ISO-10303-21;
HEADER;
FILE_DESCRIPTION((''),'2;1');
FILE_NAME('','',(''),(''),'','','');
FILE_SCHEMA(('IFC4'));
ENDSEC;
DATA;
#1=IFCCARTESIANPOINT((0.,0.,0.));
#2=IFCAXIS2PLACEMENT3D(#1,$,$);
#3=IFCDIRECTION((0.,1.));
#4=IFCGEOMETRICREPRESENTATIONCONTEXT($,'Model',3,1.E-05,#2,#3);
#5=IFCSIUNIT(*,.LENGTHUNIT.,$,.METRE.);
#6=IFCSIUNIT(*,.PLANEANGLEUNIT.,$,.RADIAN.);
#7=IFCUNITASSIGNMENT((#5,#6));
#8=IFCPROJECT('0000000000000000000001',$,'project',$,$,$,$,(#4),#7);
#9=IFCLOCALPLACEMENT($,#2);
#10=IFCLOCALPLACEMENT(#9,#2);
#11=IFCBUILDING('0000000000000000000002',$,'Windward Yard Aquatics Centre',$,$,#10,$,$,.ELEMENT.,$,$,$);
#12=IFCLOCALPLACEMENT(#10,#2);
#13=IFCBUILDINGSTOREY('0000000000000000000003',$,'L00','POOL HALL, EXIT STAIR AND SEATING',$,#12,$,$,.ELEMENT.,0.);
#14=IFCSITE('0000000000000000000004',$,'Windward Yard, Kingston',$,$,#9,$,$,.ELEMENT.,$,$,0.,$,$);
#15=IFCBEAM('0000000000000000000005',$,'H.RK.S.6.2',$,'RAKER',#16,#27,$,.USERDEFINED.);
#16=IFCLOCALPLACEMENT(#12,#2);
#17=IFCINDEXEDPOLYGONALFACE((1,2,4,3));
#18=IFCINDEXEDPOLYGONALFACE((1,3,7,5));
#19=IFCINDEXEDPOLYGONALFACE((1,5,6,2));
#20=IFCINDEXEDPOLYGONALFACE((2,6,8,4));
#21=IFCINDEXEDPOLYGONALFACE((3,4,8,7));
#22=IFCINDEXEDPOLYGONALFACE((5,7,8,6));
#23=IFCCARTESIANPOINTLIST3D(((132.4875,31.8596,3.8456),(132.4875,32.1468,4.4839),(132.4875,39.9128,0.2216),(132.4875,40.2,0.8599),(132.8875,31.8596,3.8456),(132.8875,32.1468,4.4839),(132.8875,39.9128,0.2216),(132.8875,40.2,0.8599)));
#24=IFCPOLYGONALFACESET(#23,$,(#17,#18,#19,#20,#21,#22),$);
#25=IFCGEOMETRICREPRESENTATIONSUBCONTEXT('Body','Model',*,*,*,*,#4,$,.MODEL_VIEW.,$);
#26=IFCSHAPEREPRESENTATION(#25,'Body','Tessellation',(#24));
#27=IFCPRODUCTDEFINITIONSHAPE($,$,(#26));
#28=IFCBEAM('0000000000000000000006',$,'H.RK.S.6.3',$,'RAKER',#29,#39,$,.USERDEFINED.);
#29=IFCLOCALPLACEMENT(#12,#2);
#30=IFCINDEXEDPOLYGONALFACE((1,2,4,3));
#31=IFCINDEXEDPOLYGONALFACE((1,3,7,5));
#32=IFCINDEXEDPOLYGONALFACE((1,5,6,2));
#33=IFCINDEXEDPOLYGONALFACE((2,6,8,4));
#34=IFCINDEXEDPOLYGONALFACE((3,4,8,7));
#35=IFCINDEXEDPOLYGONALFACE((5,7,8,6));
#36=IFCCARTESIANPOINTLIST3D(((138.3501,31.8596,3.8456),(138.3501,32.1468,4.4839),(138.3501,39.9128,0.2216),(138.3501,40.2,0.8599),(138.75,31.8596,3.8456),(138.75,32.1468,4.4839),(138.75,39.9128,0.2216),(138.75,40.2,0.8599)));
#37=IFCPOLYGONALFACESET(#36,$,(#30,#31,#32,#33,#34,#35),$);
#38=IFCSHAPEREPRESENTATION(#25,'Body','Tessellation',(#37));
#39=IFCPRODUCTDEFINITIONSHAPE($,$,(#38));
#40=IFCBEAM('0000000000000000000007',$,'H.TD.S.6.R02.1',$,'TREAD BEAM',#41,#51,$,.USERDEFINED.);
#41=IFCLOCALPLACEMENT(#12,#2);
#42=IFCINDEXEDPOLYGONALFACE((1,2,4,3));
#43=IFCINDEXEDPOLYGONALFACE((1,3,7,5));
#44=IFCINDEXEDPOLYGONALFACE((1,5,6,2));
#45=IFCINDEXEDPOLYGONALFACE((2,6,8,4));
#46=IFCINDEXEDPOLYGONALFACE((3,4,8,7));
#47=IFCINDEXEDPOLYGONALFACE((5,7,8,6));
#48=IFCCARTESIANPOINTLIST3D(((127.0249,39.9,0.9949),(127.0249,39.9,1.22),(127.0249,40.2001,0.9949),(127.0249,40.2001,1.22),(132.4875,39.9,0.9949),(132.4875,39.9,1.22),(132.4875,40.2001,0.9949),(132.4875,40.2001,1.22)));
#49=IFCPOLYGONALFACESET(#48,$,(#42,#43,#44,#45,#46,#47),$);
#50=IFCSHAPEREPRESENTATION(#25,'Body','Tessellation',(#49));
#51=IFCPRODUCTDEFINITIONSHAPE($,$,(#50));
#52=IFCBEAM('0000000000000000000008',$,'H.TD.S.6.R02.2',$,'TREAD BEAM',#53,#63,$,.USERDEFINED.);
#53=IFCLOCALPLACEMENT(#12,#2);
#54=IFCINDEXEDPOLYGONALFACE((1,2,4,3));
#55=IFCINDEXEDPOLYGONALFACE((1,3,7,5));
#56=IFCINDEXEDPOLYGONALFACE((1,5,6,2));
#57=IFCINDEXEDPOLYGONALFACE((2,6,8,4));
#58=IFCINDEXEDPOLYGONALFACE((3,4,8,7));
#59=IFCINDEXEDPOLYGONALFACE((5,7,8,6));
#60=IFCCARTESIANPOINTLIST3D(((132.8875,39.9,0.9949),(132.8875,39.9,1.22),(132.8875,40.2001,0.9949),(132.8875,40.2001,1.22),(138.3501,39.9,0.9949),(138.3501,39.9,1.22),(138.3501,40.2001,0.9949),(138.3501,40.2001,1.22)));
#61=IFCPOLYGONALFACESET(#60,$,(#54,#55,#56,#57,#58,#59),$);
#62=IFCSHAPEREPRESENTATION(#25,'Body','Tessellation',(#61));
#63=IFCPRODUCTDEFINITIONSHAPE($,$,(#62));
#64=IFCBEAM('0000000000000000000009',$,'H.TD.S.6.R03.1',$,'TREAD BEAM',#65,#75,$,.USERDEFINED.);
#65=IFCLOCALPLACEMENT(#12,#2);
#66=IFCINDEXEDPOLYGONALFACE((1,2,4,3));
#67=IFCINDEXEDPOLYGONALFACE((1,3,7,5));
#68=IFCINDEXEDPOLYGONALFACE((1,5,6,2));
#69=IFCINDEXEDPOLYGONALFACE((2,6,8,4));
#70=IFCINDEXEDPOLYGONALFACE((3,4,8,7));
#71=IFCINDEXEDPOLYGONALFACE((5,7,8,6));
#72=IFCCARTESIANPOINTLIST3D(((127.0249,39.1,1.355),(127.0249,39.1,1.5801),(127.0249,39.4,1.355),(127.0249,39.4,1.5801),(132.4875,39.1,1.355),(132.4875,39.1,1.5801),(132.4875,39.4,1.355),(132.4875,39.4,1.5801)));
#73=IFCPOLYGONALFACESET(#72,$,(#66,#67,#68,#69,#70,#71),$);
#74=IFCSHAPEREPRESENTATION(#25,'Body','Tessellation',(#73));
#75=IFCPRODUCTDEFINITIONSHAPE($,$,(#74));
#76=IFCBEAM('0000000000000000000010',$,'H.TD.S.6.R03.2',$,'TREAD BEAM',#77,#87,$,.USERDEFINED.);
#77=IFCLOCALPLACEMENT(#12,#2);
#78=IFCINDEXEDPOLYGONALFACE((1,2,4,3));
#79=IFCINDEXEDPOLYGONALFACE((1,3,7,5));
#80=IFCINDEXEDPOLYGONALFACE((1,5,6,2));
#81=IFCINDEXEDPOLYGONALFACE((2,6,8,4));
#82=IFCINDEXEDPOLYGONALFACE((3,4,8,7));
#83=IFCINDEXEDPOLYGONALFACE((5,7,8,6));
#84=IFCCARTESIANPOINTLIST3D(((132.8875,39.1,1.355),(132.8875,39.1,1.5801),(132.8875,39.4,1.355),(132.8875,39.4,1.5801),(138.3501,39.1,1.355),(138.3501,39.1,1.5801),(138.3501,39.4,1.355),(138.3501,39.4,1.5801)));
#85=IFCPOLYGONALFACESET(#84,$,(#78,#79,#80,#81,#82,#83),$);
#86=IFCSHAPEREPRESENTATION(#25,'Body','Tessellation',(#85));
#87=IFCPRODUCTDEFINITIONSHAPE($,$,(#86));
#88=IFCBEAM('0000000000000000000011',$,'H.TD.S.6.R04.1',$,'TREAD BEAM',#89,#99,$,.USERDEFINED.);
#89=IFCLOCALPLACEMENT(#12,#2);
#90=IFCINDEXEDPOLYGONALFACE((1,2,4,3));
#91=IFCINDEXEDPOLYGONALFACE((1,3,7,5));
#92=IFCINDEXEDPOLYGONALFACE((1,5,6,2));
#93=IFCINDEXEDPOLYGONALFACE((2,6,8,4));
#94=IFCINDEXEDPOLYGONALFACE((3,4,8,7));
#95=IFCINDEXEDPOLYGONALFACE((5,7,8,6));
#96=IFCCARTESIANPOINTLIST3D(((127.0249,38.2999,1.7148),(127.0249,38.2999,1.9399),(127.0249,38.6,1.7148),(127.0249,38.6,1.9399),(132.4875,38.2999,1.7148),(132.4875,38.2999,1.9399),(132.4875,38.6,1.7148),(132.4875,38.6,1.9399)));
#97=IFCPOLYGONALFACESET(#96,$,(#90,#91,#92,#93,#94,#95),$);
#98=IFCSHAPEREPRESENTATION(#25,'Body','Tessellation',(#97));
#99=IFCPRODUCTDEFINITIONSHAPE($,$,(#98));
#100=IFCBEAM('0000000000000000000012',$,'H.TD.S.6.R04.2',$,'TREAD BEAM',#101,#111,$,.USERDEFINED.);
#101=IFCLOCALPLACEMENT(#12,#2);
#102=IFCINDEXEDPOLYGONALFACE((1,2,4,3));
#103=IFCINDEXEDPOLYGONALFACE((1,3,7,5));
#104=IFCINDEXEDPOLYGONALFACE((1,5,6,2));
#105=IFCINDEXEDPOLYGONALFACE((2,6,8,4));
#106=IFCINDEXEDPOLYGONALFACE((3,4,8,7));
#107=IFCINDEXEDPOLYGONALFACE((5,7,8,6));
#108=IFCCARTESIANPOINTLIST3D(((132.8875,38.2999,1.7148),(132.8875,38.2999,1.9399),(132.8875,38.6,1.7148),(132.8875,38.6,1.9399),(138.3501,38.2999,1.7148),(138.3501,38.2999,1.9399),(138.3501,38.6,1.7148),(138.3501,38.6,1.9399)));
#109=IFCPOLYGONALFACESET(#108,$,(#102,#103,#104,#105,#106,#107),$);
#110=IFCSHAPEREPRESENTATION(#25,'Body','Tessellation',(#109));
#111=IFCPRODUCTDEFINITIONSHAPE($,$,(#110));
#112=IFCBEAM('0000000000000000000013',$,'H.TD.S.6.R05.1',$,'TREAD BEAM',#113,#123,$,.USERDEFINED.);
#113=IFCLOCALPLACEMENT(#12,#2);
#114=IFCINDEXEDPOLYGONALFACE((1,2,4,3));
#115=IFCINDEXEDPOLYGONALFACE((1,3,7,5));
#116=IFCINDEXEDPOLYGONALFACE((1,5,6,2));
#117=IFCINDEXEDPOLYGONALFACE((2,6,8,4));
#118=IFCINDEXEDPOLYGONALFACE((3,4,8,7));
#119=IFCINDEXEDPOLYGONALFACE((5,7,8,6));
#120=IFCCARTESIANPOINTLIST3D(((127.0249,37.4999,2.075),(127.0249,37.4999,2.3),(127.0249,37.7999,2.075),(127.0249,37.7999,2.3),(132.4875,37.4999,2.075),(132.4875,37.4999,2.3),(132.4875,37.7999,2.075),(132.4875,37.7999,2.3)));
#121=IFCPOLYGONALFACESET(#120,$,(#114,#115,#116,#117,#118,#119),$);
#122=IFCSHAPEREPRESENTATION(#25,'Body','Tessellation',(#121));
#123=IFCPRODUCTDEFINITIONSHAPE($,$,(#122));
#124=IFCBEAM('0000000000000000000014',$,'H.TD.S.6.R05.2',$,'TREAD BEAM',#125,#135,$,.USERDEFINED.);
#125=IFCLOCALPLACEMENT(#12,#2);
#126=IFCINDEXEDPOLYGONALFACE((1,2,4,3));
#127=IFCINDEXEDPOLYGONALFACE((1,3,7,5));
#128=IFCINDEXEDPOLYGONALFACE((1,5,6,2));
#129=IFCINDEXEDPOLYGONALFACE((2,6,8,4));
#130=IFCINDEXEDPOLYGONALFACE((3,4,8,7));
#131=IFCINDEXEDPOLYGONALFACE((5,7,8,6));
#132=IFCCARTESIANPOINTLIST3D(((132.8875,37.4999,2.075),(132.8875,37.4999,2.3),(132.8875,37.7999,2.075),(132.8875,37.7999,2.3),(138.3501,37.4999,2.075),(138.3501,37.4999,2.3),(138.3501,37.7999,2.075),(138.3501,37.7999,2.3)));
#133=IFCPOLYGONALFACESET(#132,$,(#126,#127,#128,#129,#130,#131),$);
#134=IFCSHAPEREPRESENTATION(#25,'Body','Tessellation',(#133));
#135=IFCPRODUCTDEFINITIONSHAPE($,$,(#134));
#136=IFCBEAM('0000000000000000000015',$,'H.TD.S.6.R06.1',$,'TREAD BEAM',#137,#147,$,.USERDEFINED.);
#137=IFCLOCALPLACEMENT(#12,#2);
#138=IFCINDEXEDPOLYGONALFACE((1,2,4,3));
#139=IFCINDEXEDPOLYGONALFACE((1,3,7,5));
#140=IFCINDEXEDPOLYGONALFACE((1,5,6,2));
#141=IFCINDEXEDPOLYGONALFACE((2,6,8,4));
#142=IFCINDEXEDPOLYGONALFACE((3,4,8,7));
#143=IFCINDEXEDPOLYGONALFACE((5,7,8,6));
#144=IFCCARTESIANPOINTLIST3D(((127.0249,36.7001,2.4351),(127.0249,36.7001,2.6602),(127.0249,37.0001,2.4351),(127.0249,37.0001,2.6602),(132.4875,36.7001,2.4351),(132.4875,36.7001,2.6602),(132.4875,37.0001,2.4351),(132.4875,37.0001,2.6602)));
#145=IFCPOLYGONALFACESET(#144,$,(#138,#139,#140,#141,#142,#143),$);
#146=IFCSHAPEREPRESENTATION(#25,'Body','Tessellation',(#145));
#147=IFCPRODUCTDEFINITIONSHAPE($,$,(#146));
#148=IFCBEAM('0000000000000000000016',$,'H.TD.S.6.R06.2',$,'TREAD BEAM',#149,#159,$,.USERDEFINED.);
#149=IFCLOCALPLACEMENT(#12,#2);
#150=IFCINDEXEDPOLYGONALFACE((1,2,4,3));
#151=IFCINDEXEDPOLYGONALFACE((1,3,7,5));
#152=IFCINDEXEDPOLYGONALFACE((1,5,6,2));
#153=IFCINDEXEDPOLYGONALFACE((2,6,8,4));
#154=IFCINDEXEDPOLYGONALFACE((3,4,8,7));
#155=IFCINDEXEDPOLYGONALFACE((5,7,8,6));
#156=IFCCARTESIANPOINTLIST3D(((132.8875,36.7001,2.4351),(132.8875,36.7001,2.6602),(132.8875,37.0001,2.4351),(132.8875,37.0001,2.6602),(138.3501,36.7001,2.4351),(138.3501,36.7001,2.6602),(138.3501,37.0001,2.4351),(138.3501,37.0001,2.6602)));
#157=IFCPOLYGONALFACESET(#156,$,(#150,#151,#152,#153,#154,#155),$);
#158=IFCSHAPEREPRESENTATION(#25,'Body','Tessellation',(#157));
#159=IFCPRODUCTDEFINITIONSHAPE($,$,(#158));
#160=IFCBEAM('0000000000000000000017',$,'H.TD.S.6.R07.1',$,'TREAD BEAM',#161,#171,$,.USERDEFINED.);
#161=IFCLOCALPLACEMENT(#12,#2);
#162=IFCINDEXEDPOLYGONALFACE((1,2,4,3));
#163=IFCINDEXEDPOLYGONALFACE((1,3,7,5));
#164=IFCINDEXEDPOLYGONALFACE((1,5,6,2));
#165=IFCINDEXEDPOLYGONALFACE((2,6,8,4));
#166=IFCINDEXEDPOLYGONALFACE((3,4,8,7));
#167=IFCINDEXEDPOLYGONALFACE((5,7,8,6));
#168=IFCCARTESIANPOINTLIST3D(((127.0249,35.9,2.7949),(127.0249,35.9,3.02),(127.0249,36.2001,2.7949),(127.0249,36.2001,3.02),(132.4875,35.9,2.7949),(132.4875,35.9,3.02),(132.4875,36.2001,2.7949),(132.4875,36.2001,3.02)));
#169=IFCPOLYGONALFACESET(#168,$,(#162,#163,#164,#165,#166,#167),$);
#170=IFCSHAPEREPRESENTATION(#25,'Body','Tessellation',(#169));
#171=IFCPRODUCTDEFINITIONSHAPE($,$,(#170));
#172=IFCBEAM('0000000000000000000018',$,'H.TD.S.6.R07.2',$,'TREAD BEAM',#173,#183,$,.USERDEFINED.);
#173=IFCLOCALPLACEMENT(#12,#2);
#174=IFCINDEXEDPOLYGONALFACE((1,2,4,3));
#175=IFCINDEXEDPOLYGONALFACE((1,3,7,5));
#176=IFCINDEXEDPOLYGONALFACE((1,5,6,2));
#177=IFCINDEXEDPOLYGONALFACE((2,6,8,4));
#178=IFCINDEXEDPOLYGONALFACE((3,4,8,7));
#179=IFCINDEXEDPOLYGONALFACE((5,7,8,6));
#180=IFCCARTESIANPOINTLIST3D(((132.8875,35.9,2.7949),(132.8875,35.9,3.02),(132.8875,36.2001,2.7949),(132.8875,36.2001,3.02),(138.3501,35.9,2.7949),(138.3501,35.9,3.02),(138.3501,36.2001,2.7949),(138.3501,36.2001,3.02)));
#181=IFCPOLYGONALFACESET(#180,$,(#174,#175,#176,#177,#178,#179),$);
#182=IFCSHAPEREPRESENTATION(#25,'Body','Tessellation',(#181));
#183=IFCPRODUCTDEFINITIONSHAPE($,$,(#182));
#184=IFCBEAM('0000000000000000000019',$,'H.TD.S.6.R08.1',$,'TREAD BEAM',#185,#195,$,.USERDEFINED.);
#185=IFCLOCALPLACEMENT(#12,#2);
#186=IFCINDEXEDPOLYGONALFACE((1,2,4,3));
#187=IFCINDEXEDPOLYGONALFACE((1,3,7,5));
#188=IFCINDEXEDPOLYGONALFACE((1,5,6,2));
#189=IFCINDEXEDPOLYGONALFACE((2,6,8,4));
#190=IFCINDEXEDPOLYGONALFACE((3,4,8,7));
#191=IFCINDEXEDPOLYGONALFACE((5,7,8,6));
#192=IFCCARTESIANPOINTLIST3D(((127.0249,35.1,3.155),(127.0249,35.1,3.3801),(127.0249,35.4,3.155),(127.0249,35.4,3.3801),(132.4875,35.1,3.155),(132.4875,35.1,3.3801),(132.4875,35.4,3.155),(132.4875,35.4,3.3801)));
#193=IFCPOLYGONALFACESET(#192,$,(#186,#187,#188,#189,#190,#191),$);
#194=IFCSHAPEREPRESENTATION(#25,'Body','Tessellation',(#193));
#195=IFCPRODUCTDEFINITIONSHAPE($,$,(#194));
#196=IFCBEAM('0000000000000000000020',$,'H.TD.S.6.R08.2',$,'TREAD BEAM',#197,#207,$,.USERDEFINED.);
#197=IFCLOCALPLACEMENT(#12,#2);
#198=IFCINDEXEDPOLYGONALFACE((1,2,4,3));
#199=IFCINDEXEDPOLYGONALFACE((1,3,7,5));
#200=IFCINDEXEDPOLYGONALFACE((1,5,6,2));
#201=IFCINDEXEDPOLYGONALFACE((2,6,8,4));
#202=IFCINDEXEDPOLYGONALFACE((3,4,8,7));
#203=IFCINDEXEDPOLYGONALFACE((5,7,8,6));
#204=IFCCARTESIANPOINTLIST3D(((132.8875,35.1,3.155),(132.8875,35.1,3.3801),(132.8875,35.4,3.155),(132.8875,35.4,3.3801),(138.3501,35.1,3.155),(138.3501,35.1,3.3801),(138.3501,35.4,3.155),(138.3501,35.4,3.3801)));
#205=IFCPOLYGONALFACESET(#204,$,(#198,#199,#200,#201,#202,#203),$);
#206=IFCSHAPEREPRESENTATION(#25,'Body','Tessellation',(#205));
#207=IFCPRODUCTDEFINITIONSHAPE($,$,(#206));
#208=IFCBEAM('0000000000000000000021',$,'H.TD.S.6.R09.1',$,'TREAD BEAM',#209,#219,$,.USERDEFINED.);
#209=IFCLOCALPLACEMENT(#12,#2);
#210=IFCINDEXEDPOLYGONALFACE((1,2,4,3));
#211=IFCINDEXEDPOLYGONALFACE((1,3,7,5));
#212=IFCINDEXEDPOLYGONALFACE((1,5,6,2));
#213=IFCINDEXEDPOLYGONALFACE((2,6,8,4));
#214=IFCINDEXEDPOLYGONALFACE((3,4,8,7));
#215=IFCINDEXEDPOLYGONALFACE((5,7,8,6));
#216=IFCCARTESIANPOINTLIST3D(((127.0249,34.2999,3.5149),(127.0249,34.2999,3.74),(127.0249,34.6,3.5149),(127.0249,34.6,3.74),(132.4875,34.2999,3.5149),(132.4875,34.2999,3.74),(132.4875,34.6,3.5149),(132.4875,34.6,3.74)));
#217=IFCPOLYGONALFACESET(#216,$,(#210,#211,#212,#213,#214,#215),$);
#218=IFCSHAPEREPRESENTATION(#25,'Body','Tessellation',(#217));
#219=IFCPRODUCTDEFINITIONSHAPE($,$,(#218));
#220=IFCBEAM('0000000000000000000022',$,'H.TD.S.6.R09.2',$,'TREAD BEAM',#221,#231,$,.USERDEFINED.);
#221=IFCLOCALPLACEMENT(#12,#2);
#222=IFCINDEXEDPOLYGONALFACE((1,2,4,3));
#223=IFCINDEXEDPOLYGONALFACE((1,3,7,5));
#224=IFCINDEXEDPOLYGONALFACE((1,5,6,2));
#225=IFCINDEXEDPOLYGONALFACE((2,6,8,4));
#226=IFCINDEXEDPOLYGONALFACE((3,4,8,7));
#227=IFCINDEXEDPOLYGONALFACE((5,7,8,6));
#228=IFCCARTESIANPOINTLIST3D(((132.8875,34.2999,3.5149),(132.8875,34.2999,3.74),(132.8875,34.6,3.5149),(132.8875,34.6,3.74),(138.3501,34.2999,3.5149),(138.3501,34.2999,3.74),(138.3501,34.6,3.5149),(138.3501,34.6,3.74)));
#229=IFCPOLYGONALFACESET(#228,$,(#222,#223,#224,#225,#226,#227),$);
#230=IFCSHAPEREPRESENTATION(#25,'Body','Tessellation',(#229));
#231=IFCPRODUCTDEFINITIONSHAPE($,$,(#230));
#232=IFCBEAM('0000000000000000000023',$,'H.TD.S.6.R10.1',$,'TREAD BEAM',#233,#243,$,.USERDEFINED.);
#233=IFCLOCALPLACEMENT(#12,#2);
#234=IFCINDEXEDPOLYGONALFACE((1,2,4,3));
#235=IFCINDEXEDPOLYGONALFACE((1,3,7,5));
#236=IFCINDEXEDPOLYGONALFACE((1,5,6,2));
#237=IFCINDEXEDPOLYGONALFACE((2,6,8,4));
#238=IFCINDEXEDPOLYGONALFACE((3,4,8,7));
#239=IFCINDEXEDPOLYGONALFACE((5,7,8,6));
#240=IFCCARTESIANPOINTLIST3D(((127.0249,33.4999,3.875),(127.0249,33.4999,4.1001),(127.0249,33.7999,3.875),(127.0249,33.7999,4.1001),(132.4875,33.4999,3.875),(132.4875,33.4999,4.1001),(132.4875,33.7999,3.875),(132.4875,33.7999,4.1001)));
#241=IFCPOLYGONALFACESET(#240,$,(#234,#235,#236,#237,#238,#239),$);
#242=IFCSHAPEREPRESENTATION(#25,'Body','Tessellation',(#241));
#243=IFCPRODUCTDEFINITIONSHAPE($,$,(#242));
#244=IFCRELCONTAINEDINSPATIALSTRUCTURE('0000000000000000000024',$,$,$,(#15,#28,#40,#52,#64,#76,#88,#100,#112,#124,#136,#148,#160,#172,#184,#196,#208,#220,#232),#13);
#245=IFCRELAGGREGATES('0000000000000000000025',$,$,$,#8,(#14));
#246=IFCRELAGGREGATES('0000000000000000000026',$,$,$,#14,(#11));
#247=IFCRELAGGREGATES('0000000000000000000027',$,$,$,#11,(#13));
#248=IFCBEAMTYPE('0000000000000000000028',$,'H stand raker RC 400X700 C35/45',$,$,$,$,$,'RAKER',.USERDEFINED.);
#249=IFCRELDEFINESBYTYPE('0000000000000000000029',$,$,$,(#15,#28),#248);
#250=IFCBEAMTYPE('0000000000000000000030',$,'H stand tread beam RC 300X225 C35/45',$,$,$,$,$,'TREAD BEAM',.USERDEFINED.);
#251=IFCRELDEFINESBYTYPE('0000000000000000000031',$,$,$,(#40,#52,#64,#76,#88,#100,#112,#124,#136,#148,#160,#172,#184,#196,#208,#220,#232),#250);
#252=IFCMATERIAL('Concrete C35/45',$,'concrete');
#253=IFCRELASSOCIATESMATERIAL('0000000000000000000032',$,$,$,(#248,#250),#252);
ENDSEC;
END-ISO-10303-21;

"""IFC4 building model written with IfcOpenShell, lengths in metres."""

from ifc_helpers import new_model, si_unit, direction, frame, origin, origin_2d, place, context, subcontext, project, spatial, rectangle, extrude, material, material_profile, profile_set, type_object, element, save


model = new_model("IFC4")

# Units and contexts
model_context = context("Model", 3, precision=1e-05, world=origin(), true_north=direction((0.0, 1.0)))
body_context = subcontext(model_context, "Body", "Model", "MODEL_VIEW")
ifc_project = project(units=[si_unit("LENGTHUNIT", "METRE"), si_unit("PLANEANGLEUNIT", "RADIAN")], contexts=[model_context])

# Site, building, storey
site_placement = place(None, origin())
site = spatial("IfcSite", under=ifc_project, at=site_placement, Name="Windward Yard, Kingston", CompositionType="ELEMENT", RefElevation=0.0)
building_placement = place(site_placement, origin())
building = spatial("IfcBuilding", under=site, at=building_placement, Name="Windward Yard Aquatics Centre", CompositionType="ELEMENT")
storey_placement = place(building_placement, origin())
storey = spatial("IfcBuildingStorey", under=building, at=storey_placement, Name="L00", Description="POOL HALL, EXIT STAIR AND SEATING", CompositionType="ELEMENT", Elevation=0.0)

# Shared definitions
ifc_material = material(Name="Concrete C35/45", Category="concrete")

# Beams
ifc_material_profile_1 = material_profile(ifc_material, rectangle(XDim=0.3999, YDim=0.7, at=origin_2d()), Name="RC 400X700")
ifc_profile_set_1 = profile_set([ifc_material_profile_1], Name="Concrete C35/45")
beam_type_1 = type_object("IfcBeamType", Name="H stand raker RC 400X700 C35/45", ElementType="RAKER", PredefinedType="USERDEFINED", material=ifc_profile_set_1)
for number, where, z_axis, x_axis, name in (
    (1, (132.6875, 40.0564, 0.5408), (0.0, -0.911918, 0.410372), (1.0, 0.0, 0.0), "H.RK.S.6.2"),
    (2, (138.55, 40.0564, 0.5408), (0.0, -0.911918, 0.410372), (1.0, 0.0, 0.0), "H.RK.S.6.3"),
):
    element("IfcBeam", number, at=place(storey_placement, frame(where, z_axis=z_axis, x_axis=x_axis)), inside=storey, type_object=beam_type_1, Name=name, ObjectType="RAKER", PredefinedType="USERDEFINED", context=body_context, shape_type="SweptSolid", body=[
        extrude(rectangle(XDim=0.3999, YDim=0.7, at=origin_2d()), origin(), (0.0, 0.0, 1.0), 8.8311),
    ])
ifc_material_profile_2 = material_profile(ifc_material, rectangle(XDim=0.3, YDim=0.2251, at=origin_2d()), Name="RC 300X225")
ifc_profile_set_2 = profile_set([ifc_material_profile_2], Name="Concrete C35/45")
beam_type_2 = type_object("IfcBeamType", Name="H stand tread beam RC 300X225 C35/45", ElementType="TREAD BEAM", PredefinedType="USERDEFINED", material=ifc_profile_set_2)
for number, where, z_axis, x_axis, name in (
    (3, (127.0249, 40.05, 1.1074), (1.0, 0.0, 0.0), (0.0, 1.0, 0.0), "H.TD.S.6.R02.1"),
    (4, (132.8875, 40.05, 1.1074), (1.0, 0.0, 0.0), (0.0, 1.0, 0.0), "H.TD.S.6.R02.2"),
    (5, (127.0249, 39.25, 1.4675), (1.0, 0.0, 0.0), (0.0, 1.0, 0.0), "H.TD.S.6.R03.1"),
    (6, (132.8875, 39.25, 1.4675), (1.0, 0.0, 0.0), (0.0, 1.0, 0.0), "H.TD.S.6.R03.2"),
    (7, (127.0249, 38.45, 1.8274), (1.0, 0.0, 0.0), (0.0, 1.0, 0.0), "H.TD.S.6.R04.1"),
    (8, (132.8875, 38.45, 1.8274), (1.0, 0.0, 0.0), (0.0, 1.0, 0.0), "H.TD.S.6.R04.2"),
    (9, (127.0249, 37.6499, 2.1875), (1.0, 0.0, 0.0), (0.0, 1.0, 0.0), "H.TD.S.6.R05.1"),
    (10, (132.8875, 37.6499, 2.1875), (1.0, 0.0, 0.0), (0.0, 1.0, 0.0), "H.TD.S.6.R05.2"),
    (11, (127.0249, 36.8501, 2.5476), (1.0, 0.0, 0.0), (0.0, 1.0, 0.0), "H.TD.S.6.R06.1"),
    (12, (132.8875, 36.8501, 2.5476), (1.0, 0.0, 0.0), (0.0, 1.0, 0.0), "H.TD.S.6.R06.2"),
    (13, (127.0249, 36.05, 2.9075), (1.0, 0.0, 0.0), (0.0, 1.0, 0.0), "H.TD.S.6.R07.1"),
    (14, (132.8875, 36.05, 2.9075), (1.0, 0.0, 0.0), (0.0, 1.0, 0.0), "H.TD.S.6.R07.2"),
    (15, (127.0249, 35.25, 3.2676), (1.0, 0.0, 0.0), (0.0, 1.0, 0.0), "H.TD.S.6.R08.1"),
    (16, (132.8875, 35.25, 3.2676), (1.0, 0.0, 0.0), (0.0, 1.0, 0.0), "H.TD.S.6.R08.2"),
    (17, (127.0249, 34.45, 3.6274), (1.0, 0.0, 0.0), (0.0, 1.0, 0.0), "H.TD.S.6.R09.1"),
    (18, (132.8875, 34.45, 3.6274), (1.0, 0.0, 0.0), (0.0, 1.0, 0.0), "H.TD.S.6.R09.2"),
    (19, (127.0249, 33.6499, 3.9875), (1.0, 0.0, 0.0), (0.0, 1.0, 0.0), "H.TD.S.6.R10.1"),
):
    element("IfcBeam", number, at=place(storey_placement, frame(where, z_axis=z_axis, x_axis=x_axis)), inside=storey, type_object=beam_type_2, Name=name, ObjectType="TREAD BEAM", PredefinedType="USERDEFINED", context=body_context, shape_type="SweptSolid", body=[
        extrude(rectangle(XDim=0.3, YDim=0.2251, at=origin_2d()), origin(), (0.0, 0.0, 1.0), 5.4626),
    ])

save(model, "model.ifc")
